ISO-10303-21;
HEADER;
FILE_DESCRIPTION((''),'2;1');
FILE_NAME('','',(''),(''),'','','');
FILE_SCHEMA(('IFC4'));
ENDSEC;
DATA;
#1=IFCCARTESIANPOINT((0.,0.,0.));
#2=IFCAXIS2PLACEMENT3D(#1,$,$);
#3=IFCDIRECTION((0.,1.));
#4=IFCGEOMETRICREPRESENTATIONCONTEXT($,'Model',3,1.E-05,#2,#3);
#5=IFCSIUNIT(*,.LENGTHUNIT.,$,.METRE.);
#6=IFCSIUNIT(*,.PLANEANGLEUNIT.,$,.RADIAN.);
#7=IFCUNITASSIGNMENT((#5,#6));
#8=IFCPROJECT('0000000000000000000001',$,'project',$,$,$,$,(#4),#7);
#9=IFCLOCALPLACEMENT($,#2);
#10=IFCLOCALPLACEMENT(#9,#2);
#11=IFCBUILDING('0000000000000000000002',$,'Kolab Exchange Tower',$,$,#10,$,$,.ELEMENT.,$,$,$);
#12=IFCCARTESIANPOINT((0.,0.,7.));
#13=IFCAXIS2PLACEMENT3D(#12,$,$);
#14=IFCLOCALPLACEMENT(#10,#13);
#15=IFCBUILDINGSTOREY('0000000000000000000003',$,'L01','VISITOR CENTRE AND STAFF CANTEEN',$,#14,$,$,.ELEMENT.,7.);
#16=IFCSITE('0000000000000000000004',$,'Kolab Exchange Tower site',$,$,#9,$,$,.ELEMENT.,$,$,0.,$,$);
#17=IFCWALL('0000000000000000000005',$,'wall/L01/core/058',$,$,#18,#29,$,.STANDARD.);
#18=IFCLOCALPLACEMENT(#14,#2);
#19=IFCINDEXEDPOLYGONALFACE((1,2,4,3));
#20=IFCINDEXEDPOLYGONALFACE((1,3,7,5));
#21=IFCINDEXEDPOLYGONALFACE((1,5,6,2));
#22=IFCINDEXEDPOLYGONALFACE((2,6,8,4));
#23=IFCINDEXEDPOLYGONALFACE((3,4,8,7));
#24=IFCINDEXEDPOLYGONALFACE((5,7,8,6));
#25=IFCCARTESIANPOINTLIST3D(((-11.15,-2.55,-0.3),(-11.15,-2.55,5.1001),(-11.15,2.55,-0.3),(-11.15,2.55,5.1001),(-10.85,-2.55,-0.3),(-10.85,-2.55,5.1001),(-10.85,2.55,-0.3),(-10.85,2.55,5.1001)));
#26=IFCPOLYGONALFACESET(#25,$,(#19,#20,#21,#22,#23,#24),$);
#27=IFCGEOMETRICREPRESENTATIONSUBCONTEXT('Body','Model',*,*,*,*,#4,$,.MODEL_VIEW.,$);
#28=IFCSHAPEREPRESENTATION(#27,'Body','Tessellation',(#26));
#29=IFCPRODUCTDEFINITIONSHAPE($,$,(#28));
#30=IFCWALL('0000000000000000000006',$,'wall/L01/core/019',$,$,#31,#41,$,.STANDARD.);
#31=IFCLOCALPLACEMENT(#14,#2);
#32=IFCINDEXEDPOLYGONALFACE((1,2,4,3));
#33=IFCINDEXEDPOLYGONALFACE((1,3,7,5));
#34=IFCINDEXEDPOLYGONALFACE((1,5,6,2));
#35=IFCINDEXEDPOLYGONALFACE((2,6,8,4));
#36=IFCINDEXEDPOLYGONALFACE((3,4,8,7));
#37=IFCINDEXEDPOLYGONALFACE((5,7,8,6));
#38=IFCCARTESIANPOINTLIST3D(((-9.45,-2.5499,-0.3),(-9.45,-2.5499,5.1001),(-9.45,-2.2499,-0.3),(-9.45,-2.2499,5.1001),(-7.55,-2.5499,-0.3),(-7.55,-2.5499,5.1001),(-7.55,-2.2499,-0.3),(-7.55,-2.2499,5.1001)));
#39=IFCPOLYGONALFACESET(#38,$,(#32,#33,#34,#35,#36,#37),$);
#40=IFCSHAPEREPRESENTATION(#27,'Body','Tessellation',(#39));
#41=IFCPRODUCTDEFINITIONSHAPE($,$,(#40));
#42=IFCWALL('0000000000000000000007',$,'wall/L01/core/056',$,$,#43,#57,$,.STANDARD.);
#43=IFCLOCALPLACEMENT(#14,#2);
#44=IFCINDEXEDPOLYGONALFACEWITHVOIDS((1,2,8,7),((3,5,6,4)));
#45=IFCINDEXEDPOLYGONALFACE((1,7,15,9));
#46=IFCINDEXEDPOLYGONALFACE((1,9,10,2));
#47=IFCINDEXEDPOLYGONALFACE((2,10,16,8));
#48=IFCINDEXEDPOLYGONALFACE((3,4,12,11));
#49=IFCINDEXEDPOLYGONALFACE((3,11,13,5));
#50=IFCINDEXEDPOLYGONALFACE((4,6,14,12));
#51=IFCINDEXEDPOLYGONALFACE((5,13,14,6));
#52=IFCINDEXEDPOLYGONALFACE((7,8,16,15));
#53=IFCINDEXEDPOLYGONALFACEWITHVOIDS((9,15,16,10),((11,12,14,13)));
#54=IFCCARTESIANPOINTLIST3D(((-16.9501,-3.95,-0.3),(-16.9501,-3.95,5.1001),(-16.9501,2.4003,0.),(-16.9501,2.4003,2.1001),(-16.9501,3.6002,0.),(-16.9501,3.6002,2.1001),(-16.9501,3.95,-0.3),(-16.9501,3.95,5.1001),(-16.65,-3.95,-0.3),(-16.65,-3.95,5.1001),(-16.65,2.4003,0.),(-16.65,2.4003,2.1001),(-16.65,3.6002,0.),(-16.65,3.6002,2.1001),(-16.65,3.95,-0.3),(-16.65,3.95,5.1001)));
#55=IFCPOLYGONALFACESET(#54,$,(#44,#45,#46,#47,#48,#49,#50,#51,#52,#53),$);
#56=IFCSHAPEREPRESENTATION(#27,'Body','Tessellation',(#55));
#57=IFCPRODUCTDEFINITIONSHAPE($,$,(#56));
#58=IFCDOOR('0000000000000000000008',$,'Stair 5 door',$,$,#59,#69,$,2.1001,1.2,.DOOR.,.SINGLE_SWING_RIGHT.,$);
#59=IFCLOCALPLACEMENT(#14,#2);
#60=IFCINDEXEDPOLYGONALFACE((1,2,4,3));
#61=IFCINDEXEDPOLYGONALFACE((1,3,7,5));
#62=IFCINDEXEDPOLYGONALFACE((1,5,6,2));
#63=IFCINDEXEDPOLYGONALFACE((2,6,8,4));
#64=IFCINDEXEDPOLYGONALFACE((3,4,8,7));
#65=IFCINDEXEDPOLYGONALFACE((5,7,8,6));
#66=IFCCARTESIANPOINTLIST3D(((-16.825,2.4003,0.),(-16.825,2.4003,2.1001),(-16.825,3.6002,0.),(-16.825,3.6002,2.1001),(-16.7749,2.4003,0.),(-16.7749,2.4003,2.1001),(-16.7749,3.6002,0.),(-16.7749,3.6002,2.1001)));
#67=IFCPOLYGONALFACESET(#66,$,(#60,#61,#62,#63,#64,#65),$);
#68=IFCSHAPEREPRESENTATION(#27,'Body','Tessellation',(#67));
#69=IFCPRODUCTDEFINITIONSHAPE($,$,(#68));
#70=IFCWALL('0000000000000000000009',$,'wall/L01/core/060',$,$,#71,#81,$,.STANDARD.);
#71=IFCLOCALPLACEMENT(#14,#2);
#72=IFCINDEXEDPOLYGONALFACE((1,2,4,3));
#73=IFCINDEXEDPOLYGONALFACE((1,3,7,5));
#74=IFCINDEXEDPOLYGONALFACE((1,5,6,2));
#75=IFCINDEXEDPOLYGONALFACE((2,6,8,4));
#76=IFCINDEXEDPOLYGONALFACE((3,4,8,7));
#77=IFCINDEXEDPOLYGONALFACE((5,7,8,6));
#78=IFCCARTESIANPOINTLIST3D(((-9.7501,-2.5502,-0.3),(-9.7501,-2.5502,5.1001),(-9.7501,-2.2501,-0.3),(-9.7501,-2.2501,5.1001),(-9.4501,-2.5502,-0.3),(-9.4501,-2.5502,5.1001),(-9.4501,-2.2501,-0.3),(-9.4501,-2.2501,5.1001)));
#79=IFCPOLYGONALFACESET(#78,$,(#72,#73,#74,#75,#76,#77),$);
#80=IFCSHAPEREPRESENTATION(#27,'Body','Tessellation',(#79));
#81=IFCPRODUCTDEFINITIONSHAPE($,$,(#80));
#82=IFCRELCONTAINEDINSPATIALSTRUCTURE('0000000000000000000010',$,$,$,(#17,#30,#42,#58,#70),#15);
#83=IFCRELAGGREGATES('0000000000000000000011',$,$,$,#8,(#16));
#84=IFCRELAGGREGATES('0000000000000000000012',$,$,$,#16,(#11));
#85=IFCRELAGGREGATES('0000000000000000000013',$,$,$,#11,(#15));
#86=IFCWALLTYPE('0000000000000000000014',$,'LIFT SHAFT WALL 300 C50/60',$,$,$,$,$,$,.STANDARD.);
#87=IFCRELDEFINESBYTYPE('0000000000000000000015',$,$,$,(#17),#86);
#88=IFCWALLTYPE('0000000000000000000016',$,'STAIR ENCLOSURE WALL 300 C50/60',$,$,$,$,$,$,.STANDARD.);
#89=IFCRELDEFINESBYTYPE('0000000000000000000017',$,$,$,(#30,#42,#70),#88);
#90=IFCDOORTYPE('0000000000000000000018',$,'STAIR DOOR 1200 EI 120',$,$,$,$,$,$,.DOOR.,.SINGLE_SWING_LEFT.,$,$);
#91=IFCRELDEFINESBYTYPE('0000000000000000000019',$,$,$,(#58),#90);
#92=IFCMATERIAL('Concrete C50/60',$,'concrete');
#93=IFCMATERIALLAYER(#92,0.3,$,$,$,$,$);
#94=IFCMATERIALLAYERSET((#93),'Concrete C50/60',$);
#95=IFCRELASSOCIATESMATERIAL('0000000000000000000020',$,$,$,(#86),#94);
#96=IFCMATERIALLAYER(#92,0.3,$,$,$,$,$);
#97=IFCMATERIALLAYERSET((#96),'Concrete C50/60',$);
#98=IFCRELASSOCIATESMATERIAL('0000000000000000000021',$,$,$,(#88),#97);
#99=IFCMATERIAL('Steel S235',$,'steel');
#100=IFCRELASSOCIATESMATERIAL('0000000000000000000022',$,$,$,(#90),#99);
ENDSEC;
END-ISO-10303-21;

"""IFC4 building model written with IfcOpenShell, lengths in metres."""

from ifc_helpers import new_model, si_unit, direction, frame, frame_2d, origin, place, context, subcontext, project, spatial, rectangle, extrude, material, layer, layer_set, type_object, element, fill, save


model = new_model("IFC4")

# Units and contexts
model_context = context("Model", 3, precision=1e-05, world=origin(), true_north=direction((0.0, 1.0)))
body_context = subcontext(model_context, "Body", "Model", "MODEL_VIEW")
ifc_project = project(units=[si_unit("LENGTHUNIT", "METRE"), si_unit("PLANEANGLEUNIT", "RADIAN")], contexts=[model_context])

# Site, building, storey
site_placement = place(None, origin())
site = spatial("IfcSite", under=ifc_project, at=site_placement, Name="Kolab Exchange Tower site", CompositionType="ELEMENT", RefElevation=0.0)
building_placement = place(site_placement, origin())
building = spatial("IfcBuilding", under=site, at=building_placement, Name="Kolab Exchange Tower", CompositionType="ELEMENT")
storey_placement = place(building_placement, frame((0.0, 0.0, 7.0)))
storey = spatial("IfcBuildingStorey", under=building, at=storey_placement, Name="L01", Description="VISITOR CENTRE AND STAFF CANTEEN", CompositionType="ELEMENT", Elevation=7.0)

# Shared definitions
ifc_material_1 = material(Name="Steel S235", Category="steel")

# Walls
ifc_material_2 = material(Name="Concrete C50/60", Category="concrete")
ifc_layer_1 = layer(ifc_material_2, 0.3)
ifc_layer_set_1 = layer_set([ifc_layer_1], Name="Concrete C50/60")
wall_type_1 = type_object("IfcWallType", Name="LIFT SHAFT WALL 300 C50/60", PredefinedType="STANDARD", material=ifc_layer_set_1)
wall_1_placement = place(storey_placement, frame((-11.0, -2.55, -0.3), z_axis=(0.0, 0.0, 1.0), x_axis=(0.0, 1.0, 0.0)))
element("IfcWall", 1, at=wall_1_placement, inside=storey, type_object=wall_type_1, Name="wall/L01/core/058", PredefinedType="STANDARD", context=body_context, shape_type="SweptSolid", body=[
    extrude(rectangle(XDim=5.1001, YDim=0.3, at=frame_2d((2.55, 0.0))), origin(), (0.0, 0.0, 1.0), 5.4001),
])
ifc_layer_2 = layer(ifc_material_2, 0.3)
ifc_layer_set_2 = layer_set([ifc_layer_2], Name="Concrete C50/60")
wall_type_2 = type_object("IfcWallType", Name="STAIR ENCLOSURE WALL 300 C50/60", PredefinedType="STANDARD", material=ifc_layer_set_2)
wall_2_placement = place(storey_placement, frame((-9.45, -2.3999, -0.3), z_axis=(0.0, 0.0, 1.0), x_axis=(1.0, 0.0, 0.0)))
element("IfcWall", 2, at=wall_2_placement, inside=storey, type_object=wall_type_2, Name="wall/L01/core/019", PredefinedType="STANDARD", context=body_context, shape_type="SweptSolid", body=[
    extrude(rectangle(XDim=1.8999, YDim=0.3, at=frame_2d((0.95, 0.0))), origin(), (0.0, 0.0, 1.0), 5.4001),
])

# Wall, opening, door
wall_3_placement = place(storey_placement, frame((-16.8, -3.95, -0.3), z_axis=(0.0, 0.0, 1.0), x_axis=(0.0, 1.0, 0.0)))
wall_3 = element("IfcWall", 3, at=wall_3_placement, inside=storey, type_object=wall_type_2, Name="wall/L01/core/056", PredefinedType="STANDARD", context=body_context, shape_type="SweptSolid", body=[
    extrude(rectangle(XDim=7.8999, YDim=0.3, at=frame_2d((3.95, 0.0))), origin(), (0.0, 0.0, 1.0), 5.4001),
])
opening_1_placement = place(wall_3_placement, frame((6.3501, 0.0, 0.3)))
opening_1 = element("IfcOpeningElement", 4, at=opening_1_placement, cuts=wall_3, PredefinedType="OPENING", context=body_context, shape_type="SweptSolid", body=[
    extrude(rectangle(XDim=1.2, YDim=2.1001, at=frame_2d((0.6001, 1.05))), frame((0.0, 0.1602, 0.0), z_axis=(0.0, -1.0, 0.0), x_axis=(1.0, 0.0, 0.0)), (0.0, 0.0, 1.0), 0.3201),
])
door_type_1 = type_object("IfcDoorType", Name="STAIR DOOR 1200 EI 120", OperationType="SINGLE_SWING_LEFT", PredefinedType="DOOR", material=ifc_material_1)
door_1_placement = place(opening_1_placement, origin())
door_1 = element("IfcDoor", 5, at=door_1_placement, inside=storey, type_object=door_type_1, Name="Stair 5 door", OperationType="SINGLE_SWING_RIGHT", OverallHeight=2.1001, OverallWidth=1.2, PredefinedType="DOOR", context=body_context, shape_type="SweptSolid", body=[
    extrude(rectangle(XDim=1.2, YDim=2.1001, at=frame_2d((0.6001, 1.05))), frame((0.0, 0.0249, 0.0), z_axis=(0.0, -1.0, 0.0), x_axis=(1.0, 0.0, 0.0)), (0.0, 0.0, 1.0), 0.05),
])
fill(opening_1, door_1)

# Wall
wall_4_placement = place(storey_placement, frame((-9.6001, -2.55, -0.3), z_axis=(0.0, 0.0, 1.0), x_axis=(0.0, 1.0, 0.0)))
element("IfcWall", 6, at=wall_4_placement, inside=storey, type_object=wall_type_2, Name="wall/L01/core/060", PredefinedType="STANDARD", context=body_context, shape_type="SweptSolid", body=[
    extrude(rectangle(XDim=0.3, YDim=0.3, at=frame_2d((0.1499, 0.0))), origin(), (0.0, 0.0, 1.0), 5.4001),
])

save(model, "model.ifc")
